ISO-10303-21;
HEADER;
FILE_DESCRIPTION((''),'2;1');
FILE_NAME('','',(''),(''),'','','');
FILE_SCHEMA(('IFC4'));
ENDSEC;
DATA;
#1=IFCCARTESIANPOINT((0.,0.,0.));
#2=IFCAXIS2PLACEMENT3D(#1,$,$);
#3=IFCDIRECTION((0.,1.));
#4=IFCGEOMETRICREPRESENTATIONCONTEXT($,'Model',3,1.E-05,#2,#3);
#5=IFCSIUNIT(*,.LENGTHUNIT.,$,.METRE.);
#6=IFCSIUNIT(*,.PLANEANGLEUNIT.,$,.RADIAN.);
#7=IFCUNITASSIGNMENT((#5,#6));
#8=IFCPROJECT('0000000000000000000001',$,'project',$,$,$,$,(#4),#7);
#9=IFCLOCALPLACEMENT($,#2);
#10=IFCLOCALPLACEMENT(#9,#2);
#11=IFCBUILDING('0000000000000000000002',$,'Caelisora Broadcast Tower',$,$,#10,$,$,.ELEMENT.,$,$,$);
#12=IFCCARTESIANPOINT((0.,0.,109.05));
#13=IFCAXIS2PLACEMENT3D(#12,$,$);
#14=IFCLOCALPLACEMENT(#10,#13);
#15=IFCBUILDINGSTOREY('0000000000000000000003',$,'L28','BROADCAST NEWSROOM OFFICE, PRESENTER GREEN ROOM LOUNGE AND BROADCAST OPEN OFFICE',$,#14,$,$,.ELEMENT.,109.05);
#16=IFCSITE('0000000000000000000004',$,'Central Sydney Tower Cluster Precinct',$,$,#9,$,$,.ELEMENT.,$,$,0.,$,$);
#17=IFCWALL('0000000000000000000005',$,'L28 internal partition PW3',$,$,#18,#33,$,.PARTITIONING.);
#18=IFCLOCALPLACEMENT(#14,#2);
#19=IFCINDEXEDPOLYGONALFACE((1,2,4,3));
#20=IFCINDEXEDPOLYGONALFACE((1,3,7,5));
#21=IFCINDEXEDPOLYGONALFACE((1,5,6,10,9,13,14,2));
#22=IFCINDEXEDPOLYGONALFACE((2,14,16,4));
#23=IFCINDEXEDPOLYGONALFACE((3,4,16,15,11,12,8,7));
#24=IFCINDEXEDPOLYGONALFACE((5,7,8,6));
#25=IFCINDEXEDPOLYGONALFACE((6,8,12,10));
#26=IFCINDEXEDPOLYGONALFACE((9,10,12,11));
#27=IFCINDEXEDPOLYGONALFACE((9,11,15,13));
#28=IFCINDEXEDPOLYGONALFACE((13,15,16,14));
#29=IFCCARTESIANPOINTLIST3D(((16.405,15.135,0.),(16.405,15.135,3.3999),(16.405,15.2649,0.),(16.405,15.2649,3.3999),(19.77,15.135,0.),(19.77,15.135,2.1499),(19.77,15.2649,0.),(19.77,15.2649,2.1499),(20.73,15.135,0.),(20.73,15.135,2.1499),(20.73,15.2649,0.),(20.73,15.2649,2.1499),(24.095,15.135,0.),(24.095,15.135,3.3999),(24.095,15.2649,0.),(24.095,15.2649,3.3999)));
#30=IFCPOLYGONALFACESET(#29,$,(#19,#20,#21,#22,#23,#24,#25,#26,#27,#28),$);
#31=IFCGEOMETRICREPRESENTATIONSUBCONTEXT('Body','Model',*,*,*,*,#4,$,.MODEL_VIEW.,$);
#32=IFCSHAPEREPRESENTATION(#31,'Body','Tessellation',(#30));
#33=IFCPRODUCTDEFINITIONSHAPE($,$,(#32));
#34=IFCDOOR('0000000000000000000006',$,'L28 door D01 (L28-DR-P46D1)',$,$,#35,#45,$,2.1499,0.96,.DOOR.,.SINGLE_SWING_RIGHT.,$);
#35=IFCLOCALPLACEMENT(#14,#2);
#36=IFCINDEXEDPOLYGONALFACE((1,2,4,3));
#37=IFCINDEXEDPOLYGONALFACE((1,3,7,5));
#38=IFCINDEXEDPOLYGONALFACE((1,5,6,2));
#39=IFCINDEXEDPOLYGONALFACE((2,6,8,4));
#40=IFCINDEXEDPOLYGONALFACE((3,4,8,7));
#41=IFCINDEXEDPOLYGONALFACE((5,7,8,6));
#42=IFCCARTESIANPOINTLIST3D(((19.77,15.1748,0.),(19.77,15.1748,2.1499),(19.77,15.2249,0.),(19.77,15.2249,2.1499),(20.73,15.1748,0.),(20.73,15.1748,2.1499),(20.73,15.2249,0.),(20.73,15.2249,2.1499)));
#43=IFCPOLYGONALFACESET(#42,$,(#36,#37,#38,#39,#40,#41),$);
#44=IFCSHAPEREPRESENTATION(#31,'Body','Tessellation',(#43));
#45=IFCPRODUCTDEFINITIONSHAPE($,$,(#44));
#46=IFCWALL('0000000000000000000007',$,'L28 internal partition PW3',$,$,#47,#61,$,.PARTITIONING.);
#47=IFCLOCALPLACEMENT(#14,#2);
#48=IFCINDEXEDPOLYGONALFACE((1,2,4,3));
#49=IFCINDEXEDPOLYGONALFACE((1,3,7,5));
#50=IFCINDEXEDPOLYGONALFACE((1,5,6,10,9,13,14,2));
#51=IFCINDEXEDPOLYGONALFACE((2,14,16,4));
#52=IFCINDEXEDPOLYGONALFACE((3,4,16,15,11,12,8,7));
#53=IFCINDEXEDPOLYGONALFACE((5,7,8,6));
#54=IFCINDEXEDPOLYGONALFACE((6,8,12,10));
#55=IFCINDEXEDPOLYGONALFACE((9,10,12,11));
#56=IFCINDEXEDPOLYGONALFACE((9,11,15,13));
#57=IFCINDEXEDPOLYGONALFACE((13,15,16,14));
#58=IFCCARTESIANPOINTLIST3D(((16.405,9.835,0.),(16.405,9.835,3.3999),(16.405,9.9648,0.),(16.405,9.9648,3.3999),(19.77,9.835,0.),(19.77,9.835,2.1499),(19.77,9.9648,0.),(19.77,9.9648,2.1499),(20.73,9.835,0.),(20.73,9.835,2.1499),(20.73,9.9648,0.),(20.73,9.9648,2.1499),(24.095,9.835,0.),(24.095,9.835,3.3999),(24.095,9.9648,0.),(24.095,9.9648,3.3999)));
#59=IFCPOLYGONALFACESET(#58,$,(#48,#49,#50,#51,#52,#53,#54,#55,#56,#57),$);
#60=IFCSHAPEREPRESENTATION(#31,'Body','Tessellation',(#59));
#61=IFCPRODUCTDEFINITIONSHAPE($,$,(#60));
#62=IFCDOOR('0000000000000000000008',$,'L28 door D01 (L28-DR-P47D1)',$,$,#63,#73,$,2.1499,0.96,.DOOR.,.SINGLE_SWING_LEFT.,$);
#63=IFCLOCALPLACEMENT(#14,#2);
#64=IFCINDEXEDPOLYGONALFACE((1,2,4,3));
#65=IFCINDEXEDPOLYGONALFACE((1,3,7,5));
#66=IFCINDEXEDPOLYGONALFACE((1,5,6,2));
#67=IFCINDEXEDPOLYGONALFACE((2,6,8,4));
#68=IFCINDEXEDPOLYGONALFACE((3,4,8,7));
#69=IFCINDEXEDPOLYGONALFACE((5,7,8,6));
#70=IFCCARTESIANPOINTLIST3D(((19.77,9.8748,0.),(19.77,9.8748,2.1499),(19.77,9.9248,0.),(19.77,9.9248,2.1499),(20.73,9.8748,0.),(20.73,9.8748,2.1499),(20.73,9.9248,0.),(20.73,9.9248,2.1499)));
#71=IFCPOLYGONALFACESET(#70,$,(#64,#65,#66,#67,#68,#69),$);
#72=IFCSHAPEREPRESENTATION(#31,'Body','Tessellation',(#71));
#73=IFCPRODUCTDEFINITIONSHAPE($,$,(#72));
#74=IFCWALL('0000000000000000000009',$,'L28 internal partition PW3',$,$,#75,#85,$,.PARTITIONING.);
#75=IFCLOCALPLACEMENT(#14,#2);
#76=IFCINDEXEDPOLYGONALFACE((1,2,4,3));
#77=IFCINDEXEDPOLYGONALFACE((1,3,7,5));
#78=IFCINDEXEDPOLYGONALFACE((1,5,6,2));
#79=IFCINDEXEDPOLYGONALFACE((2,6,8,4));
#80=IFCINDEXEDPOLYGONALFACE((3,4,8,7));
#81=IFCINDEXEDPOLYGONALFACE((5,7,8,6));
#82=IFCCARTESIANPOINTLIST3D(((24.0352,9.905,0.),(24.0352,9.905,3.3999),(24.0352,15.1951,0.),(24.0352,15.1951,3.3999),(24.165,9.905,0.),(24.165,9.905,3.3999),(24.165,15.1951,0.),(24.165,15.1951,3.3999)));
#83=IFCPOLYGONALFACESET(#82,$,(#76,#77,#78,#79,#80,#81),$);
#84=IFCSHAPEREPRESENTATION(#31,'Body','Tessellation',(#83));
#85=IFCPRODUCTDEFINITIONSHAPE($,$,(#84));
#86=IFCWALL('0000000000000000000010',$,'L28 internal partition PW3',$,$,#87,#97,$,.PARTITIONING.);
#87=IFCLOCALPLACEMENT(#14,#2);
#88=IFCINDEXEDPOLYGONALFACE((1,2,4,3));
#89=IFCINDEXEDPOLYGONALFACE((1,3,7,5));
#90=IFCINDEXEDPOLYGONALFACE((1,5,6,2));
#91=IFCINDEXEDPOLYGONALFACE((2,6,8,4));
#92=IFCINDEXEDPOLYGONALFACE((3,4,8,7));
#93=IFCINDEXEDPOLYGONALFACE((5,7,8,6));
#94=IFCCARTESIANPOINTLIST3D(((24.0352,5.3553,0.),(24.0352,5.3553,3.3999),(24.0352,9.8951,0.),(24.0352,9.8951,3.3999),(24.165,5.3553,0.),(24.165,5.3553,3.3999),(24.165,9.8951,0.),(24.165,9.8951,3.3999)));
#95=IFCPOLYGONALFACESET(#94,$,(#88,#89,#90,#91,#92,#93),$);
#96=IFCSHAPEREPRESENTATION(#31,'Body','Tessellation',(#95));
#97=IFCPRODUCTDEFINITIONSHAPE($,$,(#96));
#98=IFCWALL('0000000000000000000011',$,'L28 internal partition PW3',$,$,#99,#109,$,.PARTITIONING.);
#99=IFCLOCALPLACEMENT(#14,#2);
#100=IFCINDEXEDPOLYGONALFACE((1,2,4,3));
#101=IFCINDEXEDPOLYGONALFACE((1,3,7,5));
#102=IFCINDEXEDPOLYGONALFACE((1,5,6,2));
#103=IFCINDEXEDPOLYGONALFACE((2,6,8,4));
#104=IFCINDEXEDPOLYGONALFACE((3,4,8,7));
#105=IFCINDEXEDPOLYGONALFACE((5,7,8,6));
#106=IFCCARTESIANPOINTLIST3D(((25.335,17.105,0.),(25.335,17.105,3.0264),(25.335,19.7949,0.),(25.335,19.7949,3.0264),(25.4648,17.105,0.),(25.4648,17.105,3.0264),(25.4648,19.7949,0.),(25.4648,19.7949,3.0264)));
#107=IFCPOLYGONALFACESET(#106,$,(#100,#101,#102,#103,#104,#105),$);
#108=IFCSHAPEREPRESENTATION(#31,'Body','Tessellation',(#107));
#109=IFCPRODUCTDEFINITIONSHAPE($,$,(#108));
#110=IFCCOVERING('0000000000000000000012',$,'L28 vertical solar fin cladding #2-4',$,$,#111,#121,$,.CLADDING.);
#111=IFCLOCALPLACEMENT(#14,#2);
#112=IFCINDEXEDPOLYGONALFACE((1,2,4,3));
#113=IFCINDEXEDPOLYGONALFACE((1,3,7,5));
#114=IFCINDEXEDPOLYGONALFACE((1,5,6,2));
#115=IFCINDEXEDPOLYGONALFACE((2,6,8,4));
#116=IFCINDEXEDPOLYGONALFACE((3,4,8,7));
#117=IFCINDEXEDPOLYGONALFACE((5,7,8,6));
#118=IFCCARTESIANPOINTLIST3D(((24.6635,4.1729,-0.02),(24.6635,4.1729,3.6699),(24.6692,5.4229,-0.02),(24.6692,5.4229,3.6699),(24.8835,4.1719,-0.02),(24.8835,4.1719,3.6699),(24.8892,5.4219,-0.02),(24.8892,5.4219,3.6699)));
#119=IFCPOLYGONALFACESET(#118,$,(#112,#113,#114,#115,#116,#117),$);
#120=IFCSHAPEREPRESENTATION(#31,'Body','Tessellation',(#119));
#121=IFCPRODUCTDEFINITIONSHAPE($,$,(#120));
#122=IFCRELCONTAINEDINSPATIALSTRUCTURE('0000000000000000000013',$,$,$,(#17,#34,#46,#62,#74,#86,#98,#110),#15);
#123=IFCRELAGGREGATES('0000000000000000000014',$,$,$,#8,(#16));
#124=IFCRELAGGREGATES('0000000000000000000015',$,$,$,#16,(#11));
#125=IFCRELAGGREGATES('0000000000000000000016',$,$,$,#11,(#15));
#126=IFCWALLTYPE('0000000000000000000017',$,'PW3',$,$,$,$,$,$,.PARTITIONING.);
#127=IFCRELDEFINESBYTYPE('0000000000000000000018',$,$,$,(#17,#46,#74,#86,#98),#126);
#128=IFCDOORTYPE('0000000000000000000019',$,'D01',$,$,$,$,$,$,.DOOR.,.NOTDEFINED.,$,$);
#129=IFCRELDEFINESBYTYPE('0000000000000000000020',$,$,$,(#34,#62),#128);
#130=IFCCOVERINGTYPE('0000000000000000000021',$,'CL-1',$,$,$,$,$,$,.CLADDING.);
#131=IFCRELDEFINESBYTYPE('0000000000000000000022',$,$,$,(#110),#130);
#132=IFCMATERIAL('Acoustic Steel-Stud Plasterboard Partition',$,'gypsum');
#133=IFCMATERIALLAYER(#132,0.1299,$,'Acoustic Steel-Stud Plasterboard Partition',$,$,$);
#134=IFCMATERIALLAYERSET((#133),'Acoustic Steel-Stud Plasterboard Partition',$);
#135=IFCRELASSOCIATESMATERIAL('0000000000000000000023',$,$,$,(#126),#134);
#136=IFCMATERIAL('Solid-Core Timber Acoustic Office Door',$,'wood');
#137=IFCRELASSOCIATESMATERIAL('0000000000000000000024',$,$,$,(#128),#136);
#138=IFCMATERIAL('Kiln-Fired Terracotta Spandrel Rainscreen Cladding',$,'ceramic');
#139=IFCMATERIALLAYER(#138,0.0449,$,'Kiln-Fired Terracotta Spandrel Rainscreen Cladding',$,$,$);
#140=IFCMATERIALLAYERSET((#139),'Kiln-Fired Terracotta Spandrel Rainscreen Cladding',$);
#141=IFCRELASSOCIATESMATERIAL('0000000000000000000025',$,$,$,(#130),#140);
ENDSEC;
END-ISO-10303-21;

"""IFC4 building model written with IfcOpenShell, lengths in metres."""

from ifc_helpers import new_model, si_unit, direction, frame, frame_2d, origin, origin_2d, place, context, subcontext, project, spatial, rectangle, extrude, source, transform, mapped, material, layer, layer_set, type_object, type_shapes, element, fill, save


model = new_model("IFC4")

# Units and contexts
model_context = context("Model", 3, precision=1e-05, world=origin(), true_north=direction((0.0, 1.0)))
body_context = subcontext(model_context, "Body", "Model", "MODEL_VIEW")
ifc_project = project(units=[si_unit("LENGTHUNIT", "METRE"), si_unit("PLANEANGLEUNIT", "RADIAN")], contexts=[model_context])

# Site, building, storey
site_placement = place(None, origin())
site = spatial("IfcSite", under=ifc_project, at=site_placement, Name="Central Sydney Tower Cluster Precinct", CompositionType="ELEMENT", RefElevation=0.0)
building_placement = place(site_placement, origin())
building = spatial("IfcBuilding", under=site, at=building_placement, Name="Caelisora Broadcast Tower", CompositionType="ELEMENT")
storey_placement = place(building_placement, frame((0.0, 0.0, 109.05)))
storey = spatial("IfcBuildingStorey", under=building, at=storey_placement, Name="L28", Description="BROADCAST NEWSROOM OFFICE, PRESENTER GREEN ROOM LOUNGE AND BROADCAST OPEN OFFICE", CompositionType="ELEMENT", Elevation=109.05)

# Walls, openings, doors
ifc_material_1 = material(Name="Acoustic Steel-Stud Plasterboard Partition", Category="gypsum")
ifc_layer_1 = layer(ifc_material_1, 0.1299, Name="Acoustic Steel-Stud Plasterboard Partition")
ifc_layer_set_1 = layer_set([ifc_layer_1], Name="Acoustic Steel-Stud Plasterboard Partition")
wall_type_1 = type_object("IfcWallType", Name="PW3", PredefinedType="PARTITIONING", material=ifc_layer_set_1)
ifc_material_2 = material(Name="Solid-Core Timber Acoustic Office Door", Category="wood")
door_type = type_object("IfcDoorType", Name="D01", OperationType="NOTDEFINED", PredefinedType="DOOR", material=ifc_material_2)
wall_1_placement = place(storey_placement, frame((16.405, 15.2, 0.0), z_axis=(0.0, 0.0, 1.0), x_axis=(1.0, 0.0, 0.0)))
wall_1 = element("IfcWall", 1, at=wall_1_placement, inside=storey, type_object=wall_type_1, Name="L28 internal partition PW3", PredefinedType="PARTITIONING", context=body_context, shape_type="SweptSolid", body=[
    extrude(rectangle(XDim=7.6899, YDim=0.1299, at=frame_2d((3.845, 0.0))), origin(), (0.0, 0.0, 1.0), 3.3999),
])
opening_1_placement = place(wall_1_placement, frame((3.365, 0.0, 0.0)))
opening_1 = element("IfcOpeningElement", 2, at=opening_1_placement, cuts=wall_1, PredefinedType="OPENING", context=body_context, shape_type="SweptSolid", body=[
    extrude(rectangle(XDim=0.96, YDim=2.1499, at=frame_2d((0.48, 1.075))), frame((0.0, 0.0769, 0.0), z_axis=(0.0, -1.0, 0.0), x_axis=(1.0, 0.0, 0.0)), (0.0, 0.0, 1.0), 0.1538),
])
door_1_placement = place(opening_1_placement, origin())
door_1 = element("IfcDoor", 3, at=door_1_placement, inside=storey, type_object=door_type, Name="L28 door D01 (L28-DR-P46D1)", OperationType="SINGLE_SWING_RIGHT", OverallHeight=2.1499, OverallWidth=0.96, PredefinedType="DOOR", context=body_context, shape_type="SweptSolid", body=[
    extrude(rectangle(XDim=0.96, YDim=2.1499, at=frame_2d((0.48, 1.075))), frame((0.0, 0.0249, 0.0), z_axis=(0.0, -1.0, 0.0), x_axis=(1.0, 0.0, 0.0)), (0.0, 0.0, 1.0), 0.05),
])
fill(opening_1, door_1)
wall_2_placement = place(storey_placement, frame((16.405, 9.8999, 0.0), z_axis=(0.0, 0.0, 1.0), x_axis=(1.0, 0.0, 0.0)))
wall_2 = element("IfcWall", 4, at=wall_2_placement, inside=storey, type_object=wall_type_1, Name="L28 internal partition PW3", PredefinedType="PARTITIONING", context=body_context, shape_type="SweptSolid", body=[
    extrude(rectangle(XDim=7.6899, YDim=0.1299, at=frame_2d((3.845, 0.0))), origin(), (0.0, 0.0, 1.0), 3.3999),
])
opening_2_placement = place(wall_2_placement, frame((3.365, 0.0, 0.0)))
opening_2 = element("IfcOpeningElement", 5, at=opening_2_placement, cuts=wall_2, PredefinedType="OPENING", context=body_context, shape_type="SweptSolid", body=[
    extrude(rectangle(XDim=0.96, YDim=2.1499, at=frame_2d((0.48, 1.075))), frame((0.0, 0.0769, 0.0), z_axis=(0.0, -1.0, 0.0), x_axis=(1.0, 0.0, 0.0)), (0.0, 0.0, 1.0), 0.1538),
])
door_2_placement = place(opening_2_placement, origin())
door_2 = element("IfcDoor", 6, at=door_2_placement, inside=storey, type_object=door_type, Name="L28 door D01 (L28-DR-P47D1)", OperationType="SINGLE_SWING_LEFT", OverallHeight=2.1499, OverallWidth=0.96, PredefinedType="DOOR", context=body_context, shape_type="SweptSolid", body=[
    extrude(rectangle(XDim=0.96, YDim=2.1499, at=frame_2d((0.48, 1.075))), frame((0.0, 0.0249, 0.0), z_axis=(0.0, -1.0, 0.0), x_axis=(1.0, 0.0, 0.0)), (0.0, 0.0, 1.0), 0.05),
])
fill(opening_2, door_2)

# Walls
wall_3_placement = place(storey_placement, frame((24.1001, 9.905, 0.0), z_axis=(0.0, 0.0, 1.0), x_axis=(0.0, 1.0, 0.0)))
element("IfcWall", 7, at=wall_3_placement, inside=storey, type_object=wall_type_1, Name="L28 internal partition PW3", PredefinedType="PARTITIONING", context=body_context, shape_type="SweptSolid", body=[
    extrude(rectangle(XDim=5.29, YDim=0.1299, at=frame_2d((2.645, 0.0))), origin(), (0.0, 0.0, 1.0), 3.3999),
])
wall_4_placement = place(storey_placement, frame((24.1001, 5.3552, 0.0), z_axis=(0.0, 0.0, 1.0), x_axis=(0.0, 1.0, 0.0)))
element("IfcWall", 8, at=wall_4_placement, inside=storey, type_object=wall_type_1, Name="L28 internal partition PW3", PredefinedType="PARTITIONING", context=body_context, shape_type="SweptSolid", body=[
    extrude(rectangle(XDim=4.5398, YDim=0.1299, at=frame_2d((2.27, 0.0))), origin(), (0.0, 0.0, 1.0), 3.3999),
])

# Wall
wall_5_placement = place(storey_placement, frame((25.3999, 17.105, 0.0), z_axis=(0.0, 0.0, 1.0), x_axis=(0.0, 1.0, 0.0)))
element("IfcWall", 9, at=wall_5_placement, inside=storey, type_object=wall_type_1, Name="L28 internal partition PW3", PredefinedType="PARTITIONING", context=body_context, shape_type="SweptSolid", body=[
    extrude(rectangle(XDim=2.6899, YDim=0.1299, at=frame_2d((1.345, 0.0))), origin(), (0.0, 0.0, 1.0), 3.0264),
])

# Covering
ifc_material_3 = material(Name="Kiln-Fired Terracotta Spandrel Rainscreen Cladding", Category="ceramic")
ifc_layer_2 = layer(ifc_material_3, 0.0449, Name="Kiln-Fired Terracotta Spandrel Rainscreen Cladding")
ifc_layer_set_2 = layer_set([ifc_layer_2], Name="Kiln-Fired Terracotta Spandrel Rainscreen Cladding")
covering_type = type_object("IfcCoveringType", Name="CL-1", PredefinedType="CLADDING", material=ifc_layer_set_2)
shared_shape_1 = source(origin(), body_context, "Body", "SweptSolid", [
    extrude(rectangle(XDim=0.22, YDim=1.25, at=origin_2d()), origin(), (0.0, 0.0, 1.0), 3.6899),
])
type_shapes(covering_type, [shared_shape_1])
covering_placement = place(storey_placement, frame((24.7764, 4.7974, -0.02), z_axis=(0.0, 0.0, 1.0), x_axis=(-0.99999, 0.004538, 0.0)))
element("IfcCovering", 10, at=covering_placement, inside=storey, type_object=covering_type, Name="L28 vertical solar fin cladding #2-4", PredefinedType="CLADDING", context=body_context, shape_type="MappedRepresentation", body=[
    mapped(shared_shape_1, transform((0.0, 0.0, 0.0), scale=1.0)),
])

save(model, "model.ifc")
